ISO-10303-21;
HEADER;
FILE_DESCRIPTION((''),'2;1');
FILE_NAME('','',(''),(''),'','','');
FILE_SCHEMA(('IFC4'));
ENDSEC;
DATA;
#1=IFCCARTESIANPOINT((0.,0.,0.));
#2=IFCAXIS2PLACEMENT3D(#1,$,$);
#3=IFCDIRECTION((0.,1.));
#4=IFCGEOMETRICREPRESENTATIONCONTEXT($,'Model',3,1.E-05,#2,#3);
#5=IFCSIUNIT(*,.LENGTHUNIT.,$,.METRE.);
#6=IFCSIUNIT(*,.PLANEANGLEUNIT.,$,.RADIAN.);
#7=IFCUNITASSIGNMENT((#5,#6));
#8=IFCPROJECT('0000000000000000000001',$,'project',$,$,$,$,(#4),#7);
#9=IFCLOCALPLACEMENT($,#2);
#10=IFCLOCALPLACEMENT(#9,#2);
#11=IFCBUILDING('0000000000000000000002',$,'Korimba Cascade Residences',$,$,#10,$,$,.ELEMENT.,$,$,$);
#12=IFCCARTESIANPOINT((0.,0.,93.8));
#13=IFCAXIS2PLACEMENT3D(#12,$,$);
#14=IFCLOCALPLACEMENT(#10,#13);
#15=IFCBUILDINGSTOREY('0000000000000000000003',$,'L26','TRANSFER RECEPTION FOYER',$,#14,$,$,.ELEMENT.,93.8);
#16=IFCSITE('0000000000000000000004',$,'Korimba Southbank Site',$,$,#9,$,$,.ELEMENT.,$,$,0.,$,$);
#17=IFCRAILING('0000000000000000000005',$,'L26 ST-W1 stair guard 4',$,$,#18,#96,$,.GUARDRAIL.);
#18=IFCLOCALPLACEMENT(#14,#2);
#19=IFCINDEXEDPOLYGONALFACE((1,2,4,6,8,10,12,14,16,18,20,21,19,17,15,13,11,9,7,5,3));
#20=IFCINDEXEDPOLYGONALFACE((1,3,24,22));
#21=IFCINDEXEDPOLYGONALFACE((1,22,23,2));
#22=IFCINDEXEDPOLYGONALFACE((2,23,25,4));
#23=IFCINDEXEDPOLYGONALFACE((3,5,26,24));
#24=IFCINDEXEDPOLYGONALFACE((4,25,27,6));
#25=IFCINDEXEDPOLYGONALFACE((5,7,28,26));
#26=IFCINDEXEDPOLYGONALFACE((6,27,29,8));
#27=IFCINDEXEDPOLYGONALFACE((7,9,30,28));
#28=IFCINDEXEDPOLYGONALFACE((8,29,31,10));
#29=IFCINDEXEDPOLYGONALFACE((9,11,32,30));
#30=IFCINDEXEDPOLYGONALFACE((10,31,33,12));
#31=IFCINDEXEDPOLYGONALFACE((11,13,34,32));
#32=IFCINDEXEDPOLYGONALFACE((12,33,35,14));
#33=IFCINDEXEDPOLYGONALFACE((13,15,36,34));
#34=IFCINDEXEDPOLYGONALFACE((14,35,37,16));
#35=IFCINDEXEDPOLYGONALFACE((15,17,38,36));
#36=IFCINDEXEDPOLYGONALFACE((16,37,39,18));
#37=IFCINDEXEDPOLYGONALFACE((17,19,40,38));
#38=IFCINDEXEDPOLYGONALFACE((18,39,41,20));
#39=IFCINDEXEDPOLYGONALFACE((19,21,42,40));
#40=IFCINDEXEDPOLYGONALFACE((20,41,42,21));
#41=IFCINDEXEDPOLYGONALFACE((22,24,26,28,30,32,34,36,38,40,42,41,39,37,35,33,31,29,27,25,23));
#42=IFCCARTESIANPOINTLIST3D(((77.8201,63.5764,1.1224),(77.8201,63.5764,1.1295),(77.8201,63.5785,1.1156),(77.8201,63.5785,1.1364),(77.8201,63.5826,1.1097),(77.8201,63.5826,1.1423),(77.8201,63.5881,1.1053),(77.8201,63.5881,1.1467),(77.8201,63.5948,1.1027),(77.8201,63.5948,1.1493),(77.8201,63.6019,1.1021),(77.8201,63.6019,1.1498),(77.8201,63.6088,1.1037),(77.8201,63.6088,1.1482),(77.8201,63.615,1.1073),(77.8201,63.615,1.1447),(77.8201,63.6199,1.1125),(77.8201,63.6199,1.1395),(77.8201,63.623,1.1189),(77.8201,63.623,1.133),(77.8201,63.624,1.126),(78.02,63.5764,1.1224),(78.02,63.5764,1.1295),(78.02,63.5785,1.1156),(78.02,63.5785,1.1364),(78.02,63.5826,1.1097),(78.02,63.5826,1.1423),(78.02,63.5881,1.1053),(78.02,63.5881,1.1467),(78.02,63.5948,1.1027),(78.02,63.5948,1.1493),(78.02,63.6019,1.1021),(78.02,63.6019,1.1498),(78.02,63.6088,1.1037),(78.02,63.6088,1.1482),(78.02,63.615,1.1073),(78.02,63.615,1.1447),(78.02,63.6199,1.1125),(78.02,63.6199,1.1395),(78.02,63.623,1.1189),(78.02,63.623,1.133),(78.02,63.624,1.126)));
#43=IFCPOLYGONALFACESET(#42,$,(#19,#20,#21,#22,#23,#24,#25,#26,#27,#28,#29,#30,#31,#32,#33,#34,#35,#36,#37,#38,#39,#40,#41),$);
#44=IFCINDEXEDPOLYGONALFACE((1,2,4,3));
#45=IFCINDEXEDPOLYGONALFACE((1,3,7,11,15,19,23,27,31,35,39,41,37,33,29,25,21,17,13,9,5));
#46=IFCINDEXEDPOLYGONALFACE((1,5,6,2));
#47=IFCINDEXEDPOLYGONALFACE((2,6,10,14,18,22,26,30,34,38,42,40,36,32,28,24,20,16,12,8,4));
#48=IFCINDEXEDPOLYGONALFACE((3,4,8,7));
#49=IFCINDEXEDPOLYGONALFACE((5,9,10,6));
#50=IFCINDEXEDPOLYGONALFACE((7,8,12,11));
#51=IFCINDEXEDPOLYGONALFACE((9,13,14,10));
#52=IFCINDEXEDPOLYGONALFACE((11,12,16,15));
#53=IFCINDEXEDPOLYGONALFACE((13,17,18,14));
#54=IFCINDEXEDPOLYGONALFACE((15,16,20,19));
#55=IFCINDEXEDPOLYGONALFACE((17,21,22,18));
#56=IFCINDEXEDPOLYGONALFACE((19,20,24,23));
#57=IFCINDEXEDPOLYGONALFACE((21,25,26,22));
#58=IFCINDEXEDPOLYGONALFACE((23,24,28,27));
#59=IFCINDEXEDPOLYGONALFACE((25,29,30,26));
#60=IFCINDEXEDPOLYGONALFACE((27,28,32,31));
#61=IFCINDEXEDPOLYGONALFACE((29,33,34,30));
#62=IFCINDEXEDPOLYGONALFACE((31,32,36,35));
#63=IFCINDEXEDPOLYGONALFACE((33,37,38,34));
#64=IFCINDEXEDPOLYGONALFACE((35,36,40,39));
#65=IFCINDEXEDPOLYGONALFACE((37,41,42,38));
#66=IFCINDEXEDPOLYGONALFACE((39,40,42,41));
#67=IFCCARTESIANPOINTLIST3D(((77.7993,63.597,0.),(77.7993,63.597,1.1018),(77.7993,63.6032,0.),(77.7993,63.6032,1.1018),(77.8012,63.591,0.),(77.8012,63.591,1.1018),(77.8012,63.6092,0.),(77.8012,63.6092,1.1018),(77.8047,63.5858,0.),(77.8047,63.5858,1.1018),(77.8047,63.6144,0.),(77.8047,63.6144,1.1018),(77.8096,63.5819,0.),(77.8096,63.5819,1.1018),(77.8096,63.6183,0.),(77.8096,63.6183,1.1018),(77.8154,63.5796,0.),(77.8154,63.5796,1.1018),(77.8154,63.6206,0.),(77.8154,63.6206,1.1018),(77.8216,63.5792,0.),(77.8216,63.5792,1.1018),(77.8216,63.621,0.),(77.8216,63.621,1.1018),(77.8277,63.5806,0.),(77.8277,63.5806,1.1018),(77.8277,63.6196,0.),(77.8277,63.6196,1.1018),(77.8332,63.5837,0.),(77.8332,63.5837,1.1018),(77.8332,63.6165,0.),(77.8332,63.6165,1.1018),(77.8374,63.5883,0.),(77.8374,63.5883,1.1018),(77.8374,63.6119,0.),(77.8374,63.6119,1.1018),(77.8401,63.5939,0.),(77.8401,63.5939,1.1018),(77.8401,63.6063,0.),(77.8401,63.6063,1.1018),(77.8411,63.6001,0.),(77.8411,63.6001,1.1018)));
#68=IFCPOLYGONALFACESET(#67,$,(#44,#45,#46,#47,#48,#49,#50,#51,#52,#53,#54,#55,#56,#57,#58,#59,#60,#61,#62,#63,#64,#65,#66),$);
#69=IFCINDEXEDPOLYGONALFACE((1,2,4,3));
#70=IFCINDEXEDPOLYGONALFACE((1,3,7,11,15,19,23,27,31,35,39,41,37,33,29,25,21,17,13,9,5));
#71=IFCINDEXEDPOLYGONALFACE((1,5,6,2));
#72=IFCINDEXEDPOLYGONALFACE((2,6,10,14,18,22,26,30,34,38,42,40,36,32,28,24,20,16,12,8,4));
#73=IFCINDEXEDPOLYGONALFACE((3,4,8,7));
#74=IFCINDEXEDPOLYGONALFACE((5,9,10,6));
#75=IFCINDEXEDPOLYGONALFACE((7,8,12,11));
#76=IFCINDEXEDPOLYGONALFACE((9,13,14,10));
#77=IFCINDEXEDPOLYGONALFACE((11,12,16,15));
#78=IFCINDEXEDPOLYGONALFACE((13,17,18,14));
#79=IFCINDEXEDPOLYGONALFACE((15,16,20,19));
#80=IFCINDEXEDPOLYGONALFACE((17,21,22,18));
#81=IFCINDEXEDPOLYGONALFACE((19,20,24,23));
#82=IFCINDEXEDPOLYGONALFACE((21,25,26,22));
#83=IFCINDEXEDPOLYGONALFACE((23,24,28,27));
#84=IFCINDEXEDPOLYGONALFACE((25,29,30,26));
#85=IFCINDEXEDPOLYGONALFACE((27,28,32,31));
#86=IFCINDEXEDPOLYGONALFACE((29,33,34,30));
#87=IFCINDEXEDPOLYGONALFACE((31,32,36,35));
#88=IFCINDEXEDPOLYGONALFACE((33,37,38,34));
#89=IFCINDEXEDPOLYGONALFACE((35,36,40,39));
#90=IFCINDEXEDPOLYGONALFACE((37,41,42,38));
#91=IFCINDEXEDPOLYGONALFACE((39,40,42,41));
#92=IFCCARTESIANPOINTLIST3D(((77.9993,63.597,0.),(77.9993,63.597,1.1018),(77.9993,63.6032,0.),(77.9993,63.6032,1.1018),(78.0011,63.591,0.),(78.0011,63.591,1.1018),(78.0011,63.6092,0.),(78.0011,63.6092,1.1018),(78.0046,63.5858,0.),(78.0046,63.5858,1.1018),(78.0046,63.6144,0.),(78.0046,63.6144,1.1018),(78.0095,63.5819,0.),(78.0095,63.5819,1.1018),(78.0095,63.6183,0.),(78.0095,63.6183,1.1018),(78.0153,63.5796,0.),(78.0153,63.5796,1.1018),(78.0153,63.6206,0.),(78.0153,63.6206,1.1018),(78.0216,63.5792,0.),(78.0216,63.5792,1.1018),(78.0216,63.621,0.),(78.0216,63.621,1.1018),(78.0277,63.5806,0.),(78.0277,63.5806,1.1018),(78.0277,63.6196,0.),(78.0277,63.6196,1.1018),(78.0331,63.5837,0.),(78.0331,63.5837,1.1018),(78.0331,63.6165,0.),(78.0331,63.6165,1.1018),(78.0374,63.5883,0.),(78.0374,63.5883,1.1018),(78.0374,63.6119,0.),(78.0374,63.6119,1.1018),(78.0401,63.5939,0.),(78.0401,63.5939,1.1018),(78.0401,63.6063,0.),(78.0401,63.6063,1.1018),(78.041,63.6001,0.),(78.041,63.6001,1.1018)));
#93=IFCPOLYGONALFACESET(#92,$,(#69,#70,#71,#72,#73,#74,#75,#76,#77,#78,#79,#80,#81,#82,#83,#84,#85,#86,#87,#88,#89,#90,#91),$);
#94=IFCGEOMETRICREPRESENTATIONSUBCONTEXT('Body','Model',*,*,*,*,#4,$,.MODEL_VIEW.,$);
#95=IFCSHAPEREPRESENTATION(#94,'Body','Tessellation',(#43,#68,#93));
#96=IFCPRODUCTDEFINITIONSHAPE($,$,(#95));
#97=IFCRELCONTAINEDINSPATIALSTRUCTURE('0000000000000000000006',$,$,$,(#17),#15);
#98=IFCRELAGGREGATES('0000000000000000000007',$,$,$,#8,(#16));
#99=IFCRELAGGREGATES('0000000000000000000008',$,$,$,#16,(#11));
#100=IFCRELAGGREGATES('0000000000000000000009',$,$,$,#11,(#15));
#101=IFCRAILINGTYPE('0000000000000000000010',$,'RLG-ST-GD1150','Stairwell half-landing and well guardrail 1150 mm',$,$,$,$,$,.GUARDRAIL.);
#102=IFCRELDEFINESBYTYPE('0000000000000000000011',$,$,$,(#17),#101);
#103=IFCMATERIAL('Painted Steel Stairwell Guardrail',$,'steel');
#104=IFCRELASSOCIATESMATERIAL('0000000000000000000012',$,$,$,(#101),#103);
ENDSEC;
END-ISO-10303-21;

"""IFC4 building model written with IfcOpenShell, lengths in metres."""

from ifc_helpers import new_model, si_unit, direction, frame, origin, origin_2d, place, context, subcontext, project, spatial, circle, extrude, material, type_object, element, save


model = new_model("IFC4")

# Units and contexts
model_context = context("Model", 3, precision=1e-05, world=origin(), true_north=direction((0.0, 1.0)))
body_context = subcontext(model_context, "Body", "Model", "MODEL_VIEW")
ifc_project = project(units=[si_unit("LENGTHUNIT", "METRE"), si_unit("PLANEANGLEUNIT", "RADIAN")], contexts=[model_context])

# Site, building, storey
site_placement = place(None, origin())
site = spatial("IfcSite", under=ifc_project, at=site_placement, Name="Korimba Southbank Site", CompositionType="ELEMENT", RefElevation=0.0)
building_placement = place(site_placement, origin())
building = spatial("IfcBuilding", under=site, at=building_placement, Name="Korimba Cascade Residences", CompositionType="ELEMENT")
storey_placement = place(building_placement, frame((0.0, 0.0, 93.8)))
storey = spatial("IfcBuildingStorey", under=building, at=storey_placement, Name="L26", Description="TRANSFER RECEPTION FOYER", CompositionType="ELEMENT", Elevation=93.8)

# Railing
ifc_material_1 = material(Name="Painted Steel Stairwell Guardrail", Category="steel")
railing_type_1 = type_object("IfcRailingType", Name="RLG-ST-GD1150", Description="Stairwell half-landing and well guardrail 1150 mm", PredefinedType="GUARDRAIL", material=ifc_material_1)
railing_1_placement = place(storey_placement, frame((77.8201, 63.6001, 0.0)))
element("IfcRailing", 1, at=railing_1_placement, inside=storey, type_object=railing_type_1, Name="L26 ST-W1 stair guard 4", PredefinedType="GUARDRAIL", context=body_context, shape_type="SweptSolid", body=[
    extrude(circle(Radius=0.0239, at=origin_2d()), frame((0.0, 0.0, 1.126), z_axis=(1.0, 0.0, 0.0), x_axis=(0.0, 1.0, 0.0)), (0.0, 0.0, 1.0), 0.2),
    extrude(circle(Radius=0.021, at=origin_2d()), origin(), (0.0, 0.0, 1.0), 1.1018),
    extrude(circle(Radius=0.021, at=origin_2d()), frame((0.2, 0.0, 0.0)), (0.0, 0.0, 1.0), 1.1018),
])

save(model, "model.ifc")
